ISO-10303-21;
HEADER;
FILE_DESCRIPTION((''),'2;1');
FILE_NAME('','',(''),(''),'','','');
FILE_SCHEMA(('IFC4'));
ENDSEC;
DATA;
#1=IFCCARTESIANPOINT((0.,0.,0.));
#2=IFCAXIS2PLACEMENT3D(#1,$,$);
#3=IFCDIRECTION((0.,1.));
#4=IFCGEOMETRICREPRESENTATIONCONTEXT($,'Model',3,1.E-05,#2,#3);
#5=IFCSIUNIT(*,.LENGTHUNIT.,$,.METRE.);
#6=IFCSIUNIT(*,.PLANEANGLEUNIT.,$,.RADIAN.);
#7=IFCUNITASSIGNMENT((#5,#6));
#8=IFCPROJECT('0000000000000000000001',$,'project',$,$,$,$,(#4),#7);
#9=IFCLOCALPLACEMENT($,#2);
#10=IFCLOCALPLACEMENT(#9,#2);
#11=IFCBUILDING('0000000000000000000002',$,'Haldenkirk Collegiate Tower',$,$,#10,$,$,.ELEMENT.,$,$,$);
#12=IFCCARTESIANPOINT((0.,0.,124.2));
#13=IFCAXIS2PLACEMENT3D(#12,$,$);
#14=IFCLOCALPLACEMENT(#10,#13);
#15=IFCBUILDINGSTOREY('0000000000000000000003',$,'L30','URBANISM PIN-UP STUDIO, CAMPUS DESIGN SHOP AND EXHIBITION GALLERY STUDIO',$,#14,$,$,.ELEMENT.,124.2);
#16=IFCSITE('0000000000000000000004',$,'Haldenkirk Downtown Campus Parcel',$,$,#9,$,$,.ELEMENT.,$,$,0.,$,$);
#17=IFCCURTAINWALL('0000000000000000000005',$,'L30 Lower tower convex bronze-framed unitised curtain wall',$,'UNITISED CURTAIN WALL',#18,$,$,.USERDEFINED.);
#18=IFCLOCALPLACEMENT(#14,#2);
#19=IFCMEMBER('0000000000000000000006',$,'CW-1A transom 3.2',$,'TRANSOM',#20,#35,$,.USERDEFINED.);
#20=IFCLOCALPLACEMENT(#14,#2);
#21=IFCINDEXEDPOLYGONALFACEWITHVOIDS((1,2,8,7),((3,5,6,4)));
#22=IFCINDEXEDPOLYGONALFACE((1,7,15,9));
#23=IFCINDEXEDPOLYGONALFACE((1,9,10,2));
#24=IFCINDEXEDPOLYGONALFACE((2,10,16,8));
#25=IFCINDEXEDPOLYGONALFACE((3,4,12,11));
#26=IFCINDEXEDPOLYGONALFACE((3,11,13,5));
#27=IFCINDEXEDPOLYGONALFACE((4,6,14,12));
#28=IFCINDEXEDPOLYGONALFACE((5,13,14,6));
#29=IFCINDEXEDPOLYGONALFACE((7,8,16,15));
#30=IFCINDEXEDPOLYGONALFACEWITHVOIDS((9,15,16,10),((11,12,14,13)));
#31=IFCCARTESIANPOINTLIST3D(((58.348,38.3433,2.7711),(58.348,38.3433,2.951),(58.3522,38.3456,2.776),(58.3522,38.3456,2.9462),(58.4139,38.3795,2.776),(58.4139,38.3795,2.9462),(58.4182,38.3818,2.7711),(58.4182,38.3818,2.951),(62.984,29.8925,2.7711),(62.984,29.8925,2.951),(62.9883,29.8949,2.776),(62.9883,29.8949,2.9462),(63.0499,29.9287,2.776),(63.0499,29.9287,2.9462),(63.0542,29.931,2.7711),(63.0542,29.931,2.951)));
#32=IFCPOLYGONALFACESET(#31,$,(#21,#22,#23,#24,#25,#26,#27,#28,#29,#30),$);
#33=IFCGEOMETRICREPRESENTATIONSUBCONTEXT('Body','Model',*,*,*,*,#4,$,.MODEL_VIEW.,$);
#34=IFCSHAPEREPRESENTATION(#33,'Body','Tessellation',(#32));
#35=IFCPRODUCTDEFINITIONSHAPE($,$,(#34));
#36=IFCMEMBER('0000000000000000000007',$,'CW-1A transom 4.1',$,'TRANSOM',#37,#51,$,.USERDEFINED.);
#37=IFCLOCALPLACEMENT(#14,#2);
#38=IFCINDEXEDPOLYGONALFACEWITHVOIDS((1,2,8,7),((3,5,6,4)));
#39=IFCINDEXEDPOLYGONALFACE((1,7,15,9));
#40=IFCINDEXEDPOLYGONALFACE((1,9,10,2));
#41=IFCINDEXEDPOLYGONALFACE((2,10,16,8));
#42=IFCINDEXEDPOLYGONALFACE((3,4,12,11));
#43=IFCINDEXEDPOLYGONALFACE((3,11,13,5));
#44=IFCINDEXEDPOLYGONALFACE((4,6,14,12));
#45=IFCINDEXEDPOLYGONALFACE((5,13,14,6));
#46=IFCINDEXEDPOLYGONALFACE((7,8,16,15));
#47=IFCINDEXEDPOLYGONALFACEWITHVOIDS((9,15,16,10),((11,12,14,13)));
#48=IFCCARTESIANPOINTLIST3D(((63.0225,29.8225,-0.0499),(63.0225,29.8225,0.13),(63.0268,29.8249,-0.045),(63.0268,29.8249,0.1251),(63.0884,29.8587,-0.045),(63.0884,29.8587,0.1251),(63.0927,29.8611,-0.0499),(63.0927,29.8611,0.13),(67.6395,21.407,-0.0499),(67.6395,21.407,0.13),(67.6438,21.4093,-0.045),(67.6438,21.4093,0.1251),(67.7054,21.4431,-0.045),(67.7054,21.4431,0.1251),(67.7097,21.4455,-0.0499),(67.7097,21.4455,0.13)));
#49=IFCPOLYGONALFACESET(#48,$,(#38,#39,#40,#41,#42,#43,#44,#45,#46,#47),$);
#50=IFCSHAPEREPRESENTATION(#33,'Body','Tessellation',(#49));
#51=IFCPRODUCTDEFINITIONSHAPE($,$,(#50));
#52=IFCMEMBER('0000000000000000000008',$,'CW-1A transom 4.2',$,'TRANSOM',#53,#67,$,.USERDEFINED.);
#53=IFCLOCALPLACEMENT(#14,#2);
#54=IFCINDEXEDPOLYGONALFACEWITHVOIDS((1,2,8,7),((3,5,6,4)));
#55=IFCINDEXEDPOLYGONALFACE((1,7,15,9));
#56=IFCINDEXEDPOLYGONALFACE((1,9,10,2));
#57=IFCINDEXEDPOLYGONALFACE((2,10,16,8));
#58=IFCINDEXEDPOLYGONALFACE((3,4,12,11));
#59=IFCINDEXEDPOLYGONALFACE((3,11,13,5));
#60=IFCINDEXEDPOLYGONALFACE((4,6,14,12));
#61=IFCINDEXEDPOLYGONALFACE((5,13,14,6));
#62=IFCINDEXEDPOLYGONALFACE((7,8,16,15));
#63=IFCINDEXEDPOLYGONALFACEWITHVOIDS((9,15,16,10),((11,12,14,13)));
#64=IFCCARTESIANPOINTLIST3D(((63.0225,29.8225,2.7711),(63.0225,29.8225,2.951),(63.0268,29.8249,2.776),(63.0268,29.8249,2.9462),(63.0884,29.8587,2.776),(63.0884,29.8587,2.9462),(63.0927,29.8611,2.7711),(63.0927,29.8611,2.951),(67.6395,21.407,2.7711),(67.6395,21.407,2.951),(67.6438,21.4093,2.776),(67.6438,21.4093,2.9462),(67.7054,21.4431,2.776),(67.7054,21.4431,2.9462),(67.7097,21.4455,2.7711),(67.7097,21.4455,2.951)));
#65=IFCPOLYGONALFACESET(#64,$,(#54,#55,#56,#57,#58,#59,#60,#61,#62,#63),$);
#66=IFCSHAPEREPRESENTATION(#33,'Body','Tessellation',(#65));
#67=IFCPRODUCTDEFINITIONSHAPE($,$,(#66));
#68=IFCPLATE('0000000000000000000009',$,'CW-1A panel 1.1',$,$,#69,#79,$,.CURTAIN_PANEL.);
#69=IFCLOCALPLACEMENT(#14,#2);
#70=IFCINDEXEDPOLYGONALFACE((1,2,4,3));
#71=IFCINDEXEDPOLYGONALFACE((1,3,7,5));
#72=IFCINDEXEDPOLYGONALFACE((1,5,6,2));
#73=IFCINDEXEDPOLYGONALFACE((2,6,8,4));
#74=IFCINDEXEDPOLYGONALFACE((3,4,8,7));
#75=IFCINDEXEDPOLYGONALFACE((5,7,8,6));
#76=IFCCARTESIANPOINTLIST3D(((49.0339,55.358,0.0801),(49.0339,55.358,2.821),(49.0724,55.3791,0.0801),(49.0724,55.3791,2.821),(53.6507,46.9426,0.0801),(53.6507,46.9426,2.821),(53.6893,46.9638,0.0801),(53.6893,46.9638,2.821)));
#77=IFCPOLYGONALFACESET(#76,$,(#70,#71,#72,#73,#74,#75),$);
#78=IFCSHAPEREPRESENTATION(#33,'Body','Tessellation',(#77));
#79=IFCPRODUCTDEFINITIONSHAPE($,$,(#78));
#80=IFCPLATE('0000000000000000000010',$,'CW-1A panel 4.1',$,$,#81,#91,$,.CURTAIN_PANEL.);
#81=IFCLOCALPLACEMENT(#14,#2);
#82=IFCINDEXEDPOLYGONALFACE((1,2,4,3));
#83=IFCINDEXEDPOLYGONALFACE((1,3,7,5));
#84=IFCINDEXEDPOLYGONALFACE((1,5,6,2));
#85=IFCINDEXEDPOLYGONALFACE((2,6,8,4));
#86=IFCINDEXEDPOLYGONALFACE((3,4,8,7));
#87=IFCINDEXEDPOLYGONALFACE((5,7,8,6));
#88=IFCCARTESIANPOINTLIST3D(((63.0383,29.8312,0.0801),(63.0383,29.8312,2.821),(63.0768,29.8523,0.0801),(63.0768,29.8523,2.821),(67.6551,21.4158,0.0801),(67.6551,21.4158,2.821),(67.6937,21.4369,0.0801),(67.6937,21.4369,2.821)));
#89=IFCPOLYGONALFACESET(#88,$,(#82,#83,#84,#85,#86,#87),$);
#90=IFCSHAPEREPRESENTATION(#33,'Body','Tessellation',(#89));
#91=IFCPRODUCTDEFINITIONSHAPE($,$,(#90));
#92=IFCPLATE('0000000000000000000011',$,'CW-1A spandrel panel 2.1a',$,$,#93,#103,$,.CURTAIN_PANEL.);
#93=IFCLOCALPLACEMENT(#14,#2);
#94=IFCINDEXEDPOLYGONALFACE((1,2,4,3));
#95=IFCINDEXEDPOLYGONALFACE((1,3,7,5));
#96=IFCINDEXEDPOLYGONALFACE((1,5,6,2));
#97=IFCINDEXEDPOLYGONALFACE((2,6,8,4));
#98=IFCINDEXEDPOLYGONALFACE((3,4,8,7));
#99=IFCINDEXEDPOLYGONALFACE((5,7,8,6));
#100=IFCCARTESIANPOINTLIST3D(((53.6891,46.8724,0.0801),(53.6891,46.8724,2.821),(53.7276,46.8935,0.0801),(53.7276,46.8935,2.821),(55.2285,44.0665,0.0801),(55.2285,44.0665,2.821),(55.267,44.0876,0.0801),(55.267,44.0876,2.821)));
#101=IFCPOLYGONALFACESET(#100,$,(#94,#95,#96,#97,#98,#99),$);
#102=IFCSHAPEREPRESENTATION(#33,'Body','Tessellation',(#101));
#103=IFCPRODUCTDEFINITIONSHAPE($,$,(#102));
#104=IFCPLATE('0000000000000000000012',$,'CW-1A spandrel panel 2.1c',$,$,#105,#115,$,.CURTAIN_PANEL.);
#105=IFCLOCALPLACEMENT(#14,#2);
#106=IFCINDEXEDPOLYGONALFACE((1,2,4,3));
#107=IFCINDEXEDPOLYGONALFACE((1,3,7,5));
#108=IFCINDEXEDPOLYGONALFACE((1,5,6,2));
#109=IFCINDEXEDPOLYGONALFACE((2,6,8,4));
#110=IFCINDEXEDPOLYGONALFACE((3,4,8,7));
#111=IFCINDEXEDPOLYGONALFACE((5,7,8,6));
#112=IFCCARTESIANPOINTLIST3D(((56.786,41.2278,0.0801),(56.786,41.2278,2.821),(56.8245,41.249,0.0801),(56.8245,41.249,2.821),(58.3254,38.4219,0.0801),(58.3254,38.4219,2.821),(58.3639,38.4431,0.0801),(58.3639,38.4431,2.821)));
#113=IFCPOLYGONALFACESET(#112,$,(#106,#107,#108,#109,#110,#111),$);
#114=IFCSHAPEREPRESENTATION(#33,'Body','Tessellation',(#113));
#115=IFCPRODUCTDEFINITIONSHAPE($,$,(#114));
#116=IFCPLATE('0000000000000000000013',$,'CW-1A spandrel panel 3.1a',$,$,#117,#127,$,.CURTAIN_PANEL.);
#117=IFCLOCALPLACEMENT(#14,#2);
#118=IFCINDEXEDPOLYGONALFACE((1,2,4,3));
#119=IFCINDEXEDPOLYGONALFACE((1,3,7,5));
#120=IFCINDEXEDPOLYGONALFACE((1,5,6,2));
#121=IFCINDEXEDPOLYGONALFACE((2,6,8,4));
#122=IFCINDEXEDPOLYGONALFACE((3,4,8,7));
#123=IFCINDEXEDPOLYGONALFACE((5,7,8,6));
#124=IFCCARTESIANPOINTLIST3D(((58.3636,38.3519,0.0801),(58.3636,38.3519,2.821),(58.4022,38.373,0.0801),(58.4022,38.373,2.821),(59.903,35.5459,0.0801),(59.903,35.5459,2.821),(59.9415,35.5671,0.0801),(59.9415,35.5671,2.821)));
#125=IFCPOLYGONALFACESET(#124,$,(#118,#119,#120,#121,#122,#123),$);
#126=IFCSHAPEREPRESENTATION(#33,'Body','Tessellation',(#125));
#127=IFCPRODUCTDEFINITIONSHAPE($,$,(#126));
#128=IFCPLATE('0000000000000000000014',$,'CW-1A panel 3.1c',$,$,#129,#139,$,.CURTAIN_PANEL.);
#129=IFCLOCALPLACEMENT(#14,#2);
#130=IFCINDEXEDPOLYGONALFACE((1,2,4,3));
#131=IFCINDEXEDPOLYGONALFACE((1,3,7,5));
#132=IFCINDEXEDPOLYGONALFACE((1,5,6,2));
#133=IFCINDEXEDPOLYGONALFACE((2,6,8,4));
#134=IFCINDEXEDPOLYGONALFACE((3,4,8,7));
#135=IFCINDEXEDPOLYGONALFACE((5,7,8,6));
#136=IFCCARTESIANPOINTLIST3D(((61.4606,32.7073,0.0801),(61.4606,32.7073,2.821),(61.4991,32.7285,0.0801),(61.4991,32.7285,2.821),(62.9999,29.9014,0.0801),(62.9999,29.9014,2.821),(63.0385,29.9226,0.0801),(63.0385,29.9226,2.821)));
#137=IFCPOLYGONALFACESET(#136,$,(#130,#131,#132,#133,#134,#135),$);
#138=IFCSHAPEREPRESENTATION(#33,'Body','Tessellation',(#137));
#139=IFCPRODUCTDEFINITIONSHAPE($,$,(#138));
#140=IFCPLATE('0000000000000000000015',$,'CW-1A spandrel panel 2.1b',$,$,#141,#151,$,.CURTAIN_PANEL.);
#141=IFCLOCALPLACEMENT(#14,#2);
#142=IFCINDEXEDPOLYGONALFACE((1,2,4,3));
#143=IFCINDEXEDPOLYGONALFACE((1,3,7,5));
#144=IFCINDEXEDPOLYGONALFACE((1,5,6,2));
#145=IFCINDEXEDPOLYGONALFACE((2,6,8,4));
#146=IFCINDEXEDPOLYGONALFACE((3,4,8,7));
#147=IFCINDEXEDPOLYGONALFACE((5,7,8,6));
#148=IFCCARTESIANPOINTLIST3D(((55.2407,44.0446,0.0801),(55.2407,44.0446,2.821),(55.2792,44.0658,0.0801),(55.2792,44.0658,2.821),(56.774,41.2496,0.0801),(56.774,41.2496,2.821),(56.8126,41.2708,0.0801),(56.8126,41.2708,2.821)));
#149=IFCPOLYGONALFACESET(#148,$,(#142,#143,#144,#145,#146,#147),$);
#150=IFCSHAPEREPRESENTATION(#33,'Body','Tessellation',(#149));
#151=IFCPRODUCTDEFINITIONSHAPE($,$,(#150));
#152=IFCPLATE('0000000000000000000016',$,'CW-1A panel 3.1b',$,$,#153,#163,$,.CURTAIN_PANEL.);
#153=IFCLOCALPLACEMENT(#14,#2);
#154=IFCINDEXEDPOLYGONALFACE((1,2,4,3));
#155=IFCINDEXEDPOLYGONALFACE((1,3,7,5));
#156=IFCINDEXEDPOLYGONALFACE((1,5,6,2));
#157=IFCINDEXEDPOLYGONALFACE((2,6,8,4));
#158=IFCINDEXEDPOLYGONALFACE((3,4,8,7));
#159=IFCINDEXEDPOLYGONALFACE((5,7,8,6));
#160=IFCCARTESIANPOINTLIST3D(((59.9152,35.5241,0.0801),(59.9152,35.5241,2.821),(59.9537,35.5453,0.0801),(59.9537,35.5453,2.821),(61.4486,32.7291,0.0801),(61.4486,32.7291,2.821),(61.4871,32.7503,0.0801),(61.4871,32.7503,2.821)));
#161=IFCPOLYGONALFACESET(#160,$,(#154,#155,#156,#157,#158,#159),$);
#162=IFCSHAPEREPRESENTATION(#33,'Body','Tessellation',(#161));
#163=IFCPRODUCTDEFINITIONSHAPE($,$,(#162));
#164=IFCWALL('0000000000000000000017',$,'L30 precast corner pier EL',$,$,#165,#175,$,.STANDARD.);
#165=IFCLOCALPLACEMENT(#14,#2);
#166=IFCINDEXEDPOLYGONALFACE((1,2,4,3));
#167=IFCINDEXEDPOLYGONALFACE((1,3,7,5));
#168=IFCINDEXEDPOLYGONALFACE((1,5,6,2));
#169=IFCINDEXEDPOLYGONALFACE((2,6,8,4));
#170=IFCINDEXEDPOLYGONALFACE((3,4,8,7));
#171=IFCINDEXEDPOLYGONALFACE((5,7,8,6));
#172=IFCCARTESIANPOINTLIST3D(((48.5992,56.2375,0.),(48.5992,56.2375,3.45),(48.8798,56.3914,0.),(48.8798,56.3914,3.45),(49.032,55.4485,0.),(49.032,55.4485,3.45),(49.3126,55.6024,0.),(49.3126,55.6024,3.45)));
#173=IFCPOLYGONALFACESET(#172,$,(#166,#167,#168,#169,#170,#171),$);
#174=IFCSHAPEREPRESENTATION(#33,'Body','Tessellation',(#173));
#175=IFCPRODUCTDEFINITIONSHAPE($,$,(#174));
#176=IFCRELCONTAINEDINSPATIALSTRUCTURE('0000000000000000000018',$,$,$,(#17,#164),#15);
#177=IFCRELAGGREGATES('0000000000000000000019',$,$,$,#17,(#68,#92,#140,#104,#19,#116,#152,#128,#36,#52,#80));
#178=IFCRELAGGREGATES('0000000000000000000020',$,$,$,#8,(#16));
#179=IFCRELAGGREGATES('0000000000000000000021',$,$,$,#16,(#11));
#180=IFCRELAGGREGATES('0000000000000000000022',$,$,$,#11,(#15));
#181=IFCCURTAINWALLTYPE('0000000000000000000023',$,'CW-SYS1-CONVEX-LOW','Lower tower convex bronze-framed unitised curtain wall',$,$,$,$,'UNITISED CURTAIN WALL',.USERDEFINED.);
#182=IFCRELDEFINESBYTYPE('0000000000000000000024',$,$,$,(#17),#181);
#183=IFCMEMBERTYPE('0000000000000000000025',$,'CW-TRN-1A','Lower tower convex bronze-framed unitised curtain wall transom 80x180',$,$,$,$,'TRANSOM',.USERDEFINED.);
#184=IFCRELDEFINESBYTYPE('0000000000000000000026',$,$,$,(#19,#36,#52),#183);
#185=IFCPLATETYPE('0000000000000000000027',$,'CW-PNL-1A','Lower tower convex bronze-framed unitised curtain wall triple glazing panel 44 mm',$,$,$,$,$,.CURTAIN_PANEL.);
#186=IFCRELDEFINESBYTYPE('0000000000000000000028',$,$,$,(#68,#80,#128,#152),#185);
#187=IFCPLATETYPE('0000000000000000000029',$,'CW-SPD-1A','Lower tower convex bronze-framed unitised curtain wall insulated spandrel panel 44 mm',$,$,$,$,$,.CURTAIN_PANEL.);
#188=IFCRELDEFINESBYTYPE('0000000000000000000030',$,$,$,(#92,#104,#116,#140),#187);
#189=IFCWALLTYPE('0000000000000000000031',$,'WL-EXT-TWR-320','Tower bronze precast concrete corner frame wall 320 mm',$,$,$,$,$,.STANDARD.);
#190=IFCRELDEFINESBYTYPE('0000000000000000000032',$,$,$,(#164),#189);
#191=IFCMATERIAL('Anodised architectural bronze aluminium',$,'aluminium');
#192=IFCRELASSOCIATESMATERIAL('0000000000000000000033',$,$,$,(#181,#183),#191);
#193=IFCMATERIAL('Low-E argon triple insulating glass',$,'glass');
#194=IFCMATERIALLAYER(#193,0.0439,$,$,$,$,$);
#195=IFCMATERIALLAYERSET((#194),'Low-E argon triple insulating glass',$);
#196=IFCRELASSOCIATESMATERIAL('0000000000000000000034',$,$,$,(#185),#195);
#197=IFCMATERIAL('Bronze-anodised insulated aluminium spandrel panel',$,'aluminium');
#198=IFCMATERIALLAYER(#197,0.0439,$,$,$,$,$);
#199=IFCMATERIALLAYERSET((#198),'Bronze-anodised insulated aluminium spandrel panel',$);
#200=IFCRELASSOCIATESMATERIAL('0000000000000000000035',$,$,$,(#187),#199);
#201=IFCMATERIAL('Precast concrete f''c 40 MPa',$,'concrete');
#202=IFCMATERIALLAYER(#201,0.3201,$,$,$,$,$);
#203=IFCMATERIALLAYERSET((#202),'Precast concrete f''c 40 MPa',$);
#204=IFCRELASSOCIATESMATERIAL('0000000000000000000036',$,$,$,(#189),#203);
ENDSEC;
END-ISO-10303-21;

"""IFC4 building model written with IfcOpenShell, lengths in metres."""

from ifc_helpers import new_model, si_unit, direction, frame, frame_2d, origin, origin_2d, place, context, subcontext, project, spatial, rectangle, hollow_rectangle, extrude, source, transform, mapped, material, layer, layer_set, material_profile, profile_set, type_object, element, aggregate, save


model = new_model("IFC4")

# Units and contexts
model_context = context("Model", 3, precision=1e-05, world=origin(), true_north=direction((0.0, 1.0)))
body_context = subcontext(model_context, "Body", "Model", "MODEL_VIEW")
ifc_project = project(units=[si_unit("LENGTHUNIT", "METRE"), si_unit("PLANEANGLEUNIT", "RADIAN")], contexts=[model_context])

# Site, building, storey
site_placement = place(None, origin())
site = spatial("IfcSite", under=ifc_project, at=site_placement, Name="Haldenkirk Downtown Campus Parcel", CompositionType="ELEMENT", RefElevation=0.0)
building_placement = place(site_placement, origin())
building = spatial("IfcBuilding", under=site, at=building_placement, Name="Haldenkirk Collegiate Tower", CompositionType="ELEMENT")
storey_placement = place(building_placement, frame((0.0, 0.0, 124.2)))
storey = spatial("IfcBuildingStorey", under=building, at=storey_placement, Name="L30", Description="URBANISM PIN-UP STUDIO, CAMPUS DESIGN SHOP AND EXHIBITION GALLERY STUDIO", CompositionType="ELEMENT", Elevation=124.2)

# Curtain wall, members, plates
ifc_material_1 = material(Name="Anodised architectural bronze aluminium", Category="aluminium")
curtain_wall_type = type_object("IfcCurtainWallType", Name="CW-SYS1-CONVEX-LOW", Description="Lower tower convex bronze-framed unitised curtain wall", ElementType="UNITISED CURTAIN WALL", PredefinedType="USERDEFINED", material=ifc_material_1)
curtain_wall_placement = place(storey_placement, origin())
curtain_wall = element("IfcCurtainWall", 1, at=curtain_wall_placement, inside=storey, type_object=curtain_wall_type, Name="L30 Lower tower convex bronze-framed unitised curtain wall", ObjectType="UNITISED CURTAIN WALL", PredefinedType="USERDEFINED")
ifc_material_profile_1 = material_profile(ifc_material_1, hollow_rectangle(XDim=0.0801, YDim=0.1799, WallThickness=0.0049, at=origin_2d()), Name="CW-TRN-1A")
ifc_profile_set_1 = profile_set([ifc_material_profile_1], Name="Anodised architectural bronze aluminium")
member_type_1 = type_object("IfcMemberType", Name="CW-TRN-1A", Description="Lower tower convex bronze-framed unitised curtain wall transom 80x180", ElementType="TRANSOM", PredefinedType="USERDEFINED", material=ifc_profile_set_1)
member_1_placement = place(storey_placement, frame((58.3831, 38.3625, 2.8611), z_axis=(0.480971, -0.876736, 0.0), x_axis=(0.876736, 0.480971, 0.0)))
member_1 = element("IfcMember", 2, at=member_1_placement, type_object=member_type_1, Name="CW-1A transom 3.2", ObjectType="TRANSOM", PredefinedType="USERDEFINED", context=body_context, shape_type="SweptSolid", body=[
    extrude(hollow_rectangle(XDim=0.0801, YDim=0.1799, WallThickness=0.0049, at=origin_2d()), origin(), (0.0, 0.0, 1.0), 9.6389),
])
member_2_placement = place(storey_placement, frame((63.0576, 29.8418, 0.04), z_axis=(0.480991, -0.876726, 0.0), x_axis=(0.876726, 0.480991, 0.0)))
member_2 = element("IfcMember", 3, at=member_2_placement, type_object=member_type_1, Name="CW-1A transom 4.1", ObjectType="TRANSOM", PredefinedType="USERDEFINED", context=body_context, shape_type="SweptSolid", body=[
    extrude(hollow_rectangle(XDim=0.0801, YDim=0.1799, WallThickness=0.0049, at=origin_2d()), origin(), (0.0, 0.0, 1.0), 9.5989),
])
member_3_placement = place(storey_placement, frame((63.0576, 29.8418, 2.8611), z_axis=(0.480991, -0.876726, 0.0), x_axis=(0.876726, 0.480991, 0.0)))
member_3 = element("IfcMember", 4, at=member_3_placement, type_object=member_type_1, Name="CW-1A transom 4.2", ObjectType="TRANSOM", PredefinedType="USERDEFINED", context=body_context, shape_type="SweptSolid", body=[
    extrude(hollow_rectangle(XDim=0.0801, YDim=0.1799, WallThickness=0.0049, at=origin_2d()), origin(), (0.0, 0.0, 1.0), 9.5989),
])
ifc_material_2 = material(Name="Low-E argon triple insulating glass", Category="glass")
ifc_layer_1 = layer(ifc_material_2, 0.0439)
ifc_layer_set_1 = layer_set([ifc_layer_1], Name="Low-E argon triple insulating glass")
plate_type_1 = type_object("IfcPlateType", Name="CW-PNL-1A", Description="Lower tower convex bronze-framed unitised curtain wall triple glazing panel 44 mm", PredefinedType="CURTAIN_PANEL", material=ifc_layer_set_1)
shared_shape_1 = source(origin(), body_context, "Body", "SweptSolid", [
    extrude(rectangle(XDim=9.5986, YDim=0.0439, at=origin_2d()), origin(), (0.0, 0.0, 1.0), 2.741),
])
plate_1_placement = place(storey_placement, frame((51.3616, 51.1609, 0.0801), z_axis=(0.0, 0.0, 1.0), x_axis=(0.48099, -0.876726, 0.0)))
plate_1 = element("IfcPlate", 5, at=plate_1_placement, type_object=plate_type_1, Name="CW-1A panel 1.1", PredefinedType="CURTAIN_PANEL", context=body_context, shape_type="MappedRepresentation", body=[
    mapped(shared_shape_1, transform((0.0, 0.0, 0.0), x_axis=(1.0, 0.0, 0.0), y_axis=(0.0, 1.0, 0.0), z_axis=(0.0, 0.0, 1.0), scale=1.0)),
])
plate_2_placement = place(storey_placement, frame((65.366, 25.634, 0.0801), z_axis=(0.0, 0.0, 1.0), x_axis=(0.48099, -0.876726, 0.0)))
plate_2 = element("IfcPlate", 6, at=plate_2_placement, type_object=plate_type_1, Name="CW-1A panel 4.1", PredefinedType="CURTAIN_PANEL", context=body_context, shape_type="MappedRepresentation", body=[
    mapped(shared_shape_1, transform((0.0, 0.0, 0.0), x_axis=(1.0, 0.0, 0.0), y_axis=(0.0, 1.0, 0.0), z_axis=(0.0, 0.0, 1.0), scale=1.0)),
])
ifc_material_3 = material(Name="Bronze-anodised insulated aluminium spandrel panel", Category="aluminium")
ifc_layer_2 = layer(ifc_material_3, 0.0439)
ifc_layer_set_2 = layer_set([ifc_layer_2], Name="Bronze-anodised insulated aluminium spandrel panel")
plate_type_2 = type_object("IfcPlateType", Name="CW-SPD-1A", Description="Lower tower convex bronze-framed unitised curtain wall insulated spandrel panel 44 mm", PredefinedType="CURTAIN_PANEL", material=ifc_layer_set_2)
shared_shape_2 = source(origin(), body_context, "Body", "SweptSolid", [
    extrude(rectangle(XDim=3.2004, YDim=0.0439, at=origin_2d()), origin(), (0.0, 0.0, 1.0), 2.741),
])
plate_3_placement = place(storey_placement, frame((54.478, 45.48, 0.0801), z_axis=(0.0, 0.0, 1.0), x_axis=(0.48099, -0.876726, 0.0)))
plate_3 = element("IfcPlate", 7, at=plate_3_placement, type_object=plate_type_2, Name="CW-1A spandrel panel 2.1a", PredefinedType="CURTAIN_PANEL", context=body_context, shape_type="MappedRepresentation", body=[
    mapped(shared_shape_2, transform((0.0, 0.0, 0.0), x_axis=(1.0, 0.0, 0.0), y_axis=(0.0, 1.0, 0.0), z_axis=(0.0, 0.0, 1.0), scale=1.0)),
])
plate_4_placement = place(storey_placement, frame((57.575, 39.8354, 0.0801), z_axis=(0.0, 0.0, 1.0), x_axis=(0.48099, -0.876726, 0.0)))
plate_4 = element("IfcPlate", 8, at=plate_4_placement, type_object=plate_type_2, Name="CW-1A spandrel panel 2.1c", PredefinedType="CURTAIN_PANEL", context=body_context, shape_type="MappedRepresentation", body=[
    mapped(shared_shape_2, transform((0.0, 0.0, 0.0), x_axis=(1.0, 0.0, 0.0), y_axis=(0.0, 1.0, 0.0), z_axis=(0.0, 0.0, 1.0), scale=1.0)),
])
plate_5_placement = place(storey_placement, frame((59.1526, 36.9595, 0.0801), z_axis=(0.0, 0.0, 1.0), x_axis=(0.48099, -0.876726, 0.0)))
plate_5 = element("IfcPlate", 9, at=plate_5_placement, type_object=plate_type_2, Name="CW-1A spandrel panel 3.1a", PredefinedType="CURTAIN_PANEL", context=body_context, shape_type="MappedRepresentation", body=[
    mapped(shared_shape_2, transform((0.0, 0.0, 0.0), x_axis=(1.0, 0.0, 0.0), y_axis=(0.0, 1.0, 0.0), z_axis=(0.0, 0.0, 1.0), scale=1.0)),
])
plate_6_placement = place(storey_placement, frame((62.2495, 31.3149, 0.0801), z_axis=(0.0, 0.0, 1.0), x_axis=(0.48099, -0.876726, 0.0)))
plate_6 = element("IfcPlate", 10, at=plate_6_placement, type_object=plate_type_1, Name="CW-1A panel 3.1c", PredefinedType="CURTAIN_PANEL", context=body_context, shape_type="MappedRepresentation", body=[
    mapped(shared_shape_2, transform((0.0, 0.0, 0.0), x_axis=(1.0, 0.0, 0.0), y_axis=(0.0, 1.0, 0.0), z_axis=(0.0, 0.0, 1.0), scale=1.0)),
])
shared_shape_3 = source(origin(), body_context, "Body", "SweptSolid", [
    extrude(rectangle(XDim=3.188, YDim=0.0439, at=origin_2d()), origin(), (0.0, 0.0, 1.0), 2.741),
])
plate_7_placement = place(storey_placement, frame((56.0266, 42.6577, 0.0801), z_axis=(0.0, 0.0, 1.0), x_axis=(0.48099, -0.876726, 0.0)))
plate_7 = element("IfcPlate", 11, at=plate_7_placement, type_object=plate_type_2, Name="CW-1A spandrel panel 2.1b", PredefinedType="CURTAIN_PANEL", context=body_context, shape_type="MappedRepresentation", body=[
    mapped(shared_shape_3, transform((0.0, 0.0, 0.0), x_axis=(1.0, 0.0, 0.0), y_axis=(0.0, 1.0, 0.0), z_axis=(0.0, 0.0, 1.0), scale=1.0)),
])
plate_8_placement = place(storey_placement, frame((60.7012, 34.1372, 0.0801), z_axis=(0.0, 0.0, 1.0), x_axis=(0.48099, -0.876726, 0.0)))
plate_8 = element("IfcPlate", 12, at=plate_8_placement, type_object=plate_type_1, Name="CW-1A panel 3.1b", PredefinedType="CURTAIN_PANEL", context=body_context, shape_type="MappedRepresentation", body=[
    mapped(shared_shape_3, transform((0.0, 0.0, 0.0), x_axis=(1.0, 0.0, 0.0), y_axis=(0.0, 1.0, 0.0), z_axis=(0.0, 0.0, 1.0), scale=1.0)),
])
aggregate(curtain_wall, [plate_1, plate_3, plate_7, plate_4, member_1, plate_5, plate_8, plate_6, member_2, member_3, plate_2])

# Wall
ifc_material_4 = material(Name="Precast concrete f'c 40 MPa", Category="concrete")
ifc_layer_3 = layer(ifc_material_4, 0.3201)
ifc_layer_set_3 = layer_set([ifc_layer_3], Name="Precast concrete f'c 40 MPa")
wall_type_1 = type_object("IfcWallType", Name="WL-EXT-TWR-320", Description="Tower bronze precast concrete corner frame wall 320 mm", PredefinedType="STANDARD", material=ifc_layer_set_3)
wall_1_placement = place(storey_placement, frame((48.7395, 56.3145, 0.0), z_axis=(0.0, 0.0, 1.0), x_axis=(0.48096, -0.876742, 0.0)))
element("IfcWall", 13, at=wall_1_placement, inside=storey, type_object=wall_type_1, Name="L30 precast corner pier EL", PredefinedType="STANDARD", context=body_context, shape_type="SweptSolid", body=[
    extrude(rectangle(XDim=0.8999, YDim=0.3201, at=frame_2d((0.45, 0.0))), origin(), (0.0, 0.0, 1.0), 3.45),
])

save(model, "model.ifc")
